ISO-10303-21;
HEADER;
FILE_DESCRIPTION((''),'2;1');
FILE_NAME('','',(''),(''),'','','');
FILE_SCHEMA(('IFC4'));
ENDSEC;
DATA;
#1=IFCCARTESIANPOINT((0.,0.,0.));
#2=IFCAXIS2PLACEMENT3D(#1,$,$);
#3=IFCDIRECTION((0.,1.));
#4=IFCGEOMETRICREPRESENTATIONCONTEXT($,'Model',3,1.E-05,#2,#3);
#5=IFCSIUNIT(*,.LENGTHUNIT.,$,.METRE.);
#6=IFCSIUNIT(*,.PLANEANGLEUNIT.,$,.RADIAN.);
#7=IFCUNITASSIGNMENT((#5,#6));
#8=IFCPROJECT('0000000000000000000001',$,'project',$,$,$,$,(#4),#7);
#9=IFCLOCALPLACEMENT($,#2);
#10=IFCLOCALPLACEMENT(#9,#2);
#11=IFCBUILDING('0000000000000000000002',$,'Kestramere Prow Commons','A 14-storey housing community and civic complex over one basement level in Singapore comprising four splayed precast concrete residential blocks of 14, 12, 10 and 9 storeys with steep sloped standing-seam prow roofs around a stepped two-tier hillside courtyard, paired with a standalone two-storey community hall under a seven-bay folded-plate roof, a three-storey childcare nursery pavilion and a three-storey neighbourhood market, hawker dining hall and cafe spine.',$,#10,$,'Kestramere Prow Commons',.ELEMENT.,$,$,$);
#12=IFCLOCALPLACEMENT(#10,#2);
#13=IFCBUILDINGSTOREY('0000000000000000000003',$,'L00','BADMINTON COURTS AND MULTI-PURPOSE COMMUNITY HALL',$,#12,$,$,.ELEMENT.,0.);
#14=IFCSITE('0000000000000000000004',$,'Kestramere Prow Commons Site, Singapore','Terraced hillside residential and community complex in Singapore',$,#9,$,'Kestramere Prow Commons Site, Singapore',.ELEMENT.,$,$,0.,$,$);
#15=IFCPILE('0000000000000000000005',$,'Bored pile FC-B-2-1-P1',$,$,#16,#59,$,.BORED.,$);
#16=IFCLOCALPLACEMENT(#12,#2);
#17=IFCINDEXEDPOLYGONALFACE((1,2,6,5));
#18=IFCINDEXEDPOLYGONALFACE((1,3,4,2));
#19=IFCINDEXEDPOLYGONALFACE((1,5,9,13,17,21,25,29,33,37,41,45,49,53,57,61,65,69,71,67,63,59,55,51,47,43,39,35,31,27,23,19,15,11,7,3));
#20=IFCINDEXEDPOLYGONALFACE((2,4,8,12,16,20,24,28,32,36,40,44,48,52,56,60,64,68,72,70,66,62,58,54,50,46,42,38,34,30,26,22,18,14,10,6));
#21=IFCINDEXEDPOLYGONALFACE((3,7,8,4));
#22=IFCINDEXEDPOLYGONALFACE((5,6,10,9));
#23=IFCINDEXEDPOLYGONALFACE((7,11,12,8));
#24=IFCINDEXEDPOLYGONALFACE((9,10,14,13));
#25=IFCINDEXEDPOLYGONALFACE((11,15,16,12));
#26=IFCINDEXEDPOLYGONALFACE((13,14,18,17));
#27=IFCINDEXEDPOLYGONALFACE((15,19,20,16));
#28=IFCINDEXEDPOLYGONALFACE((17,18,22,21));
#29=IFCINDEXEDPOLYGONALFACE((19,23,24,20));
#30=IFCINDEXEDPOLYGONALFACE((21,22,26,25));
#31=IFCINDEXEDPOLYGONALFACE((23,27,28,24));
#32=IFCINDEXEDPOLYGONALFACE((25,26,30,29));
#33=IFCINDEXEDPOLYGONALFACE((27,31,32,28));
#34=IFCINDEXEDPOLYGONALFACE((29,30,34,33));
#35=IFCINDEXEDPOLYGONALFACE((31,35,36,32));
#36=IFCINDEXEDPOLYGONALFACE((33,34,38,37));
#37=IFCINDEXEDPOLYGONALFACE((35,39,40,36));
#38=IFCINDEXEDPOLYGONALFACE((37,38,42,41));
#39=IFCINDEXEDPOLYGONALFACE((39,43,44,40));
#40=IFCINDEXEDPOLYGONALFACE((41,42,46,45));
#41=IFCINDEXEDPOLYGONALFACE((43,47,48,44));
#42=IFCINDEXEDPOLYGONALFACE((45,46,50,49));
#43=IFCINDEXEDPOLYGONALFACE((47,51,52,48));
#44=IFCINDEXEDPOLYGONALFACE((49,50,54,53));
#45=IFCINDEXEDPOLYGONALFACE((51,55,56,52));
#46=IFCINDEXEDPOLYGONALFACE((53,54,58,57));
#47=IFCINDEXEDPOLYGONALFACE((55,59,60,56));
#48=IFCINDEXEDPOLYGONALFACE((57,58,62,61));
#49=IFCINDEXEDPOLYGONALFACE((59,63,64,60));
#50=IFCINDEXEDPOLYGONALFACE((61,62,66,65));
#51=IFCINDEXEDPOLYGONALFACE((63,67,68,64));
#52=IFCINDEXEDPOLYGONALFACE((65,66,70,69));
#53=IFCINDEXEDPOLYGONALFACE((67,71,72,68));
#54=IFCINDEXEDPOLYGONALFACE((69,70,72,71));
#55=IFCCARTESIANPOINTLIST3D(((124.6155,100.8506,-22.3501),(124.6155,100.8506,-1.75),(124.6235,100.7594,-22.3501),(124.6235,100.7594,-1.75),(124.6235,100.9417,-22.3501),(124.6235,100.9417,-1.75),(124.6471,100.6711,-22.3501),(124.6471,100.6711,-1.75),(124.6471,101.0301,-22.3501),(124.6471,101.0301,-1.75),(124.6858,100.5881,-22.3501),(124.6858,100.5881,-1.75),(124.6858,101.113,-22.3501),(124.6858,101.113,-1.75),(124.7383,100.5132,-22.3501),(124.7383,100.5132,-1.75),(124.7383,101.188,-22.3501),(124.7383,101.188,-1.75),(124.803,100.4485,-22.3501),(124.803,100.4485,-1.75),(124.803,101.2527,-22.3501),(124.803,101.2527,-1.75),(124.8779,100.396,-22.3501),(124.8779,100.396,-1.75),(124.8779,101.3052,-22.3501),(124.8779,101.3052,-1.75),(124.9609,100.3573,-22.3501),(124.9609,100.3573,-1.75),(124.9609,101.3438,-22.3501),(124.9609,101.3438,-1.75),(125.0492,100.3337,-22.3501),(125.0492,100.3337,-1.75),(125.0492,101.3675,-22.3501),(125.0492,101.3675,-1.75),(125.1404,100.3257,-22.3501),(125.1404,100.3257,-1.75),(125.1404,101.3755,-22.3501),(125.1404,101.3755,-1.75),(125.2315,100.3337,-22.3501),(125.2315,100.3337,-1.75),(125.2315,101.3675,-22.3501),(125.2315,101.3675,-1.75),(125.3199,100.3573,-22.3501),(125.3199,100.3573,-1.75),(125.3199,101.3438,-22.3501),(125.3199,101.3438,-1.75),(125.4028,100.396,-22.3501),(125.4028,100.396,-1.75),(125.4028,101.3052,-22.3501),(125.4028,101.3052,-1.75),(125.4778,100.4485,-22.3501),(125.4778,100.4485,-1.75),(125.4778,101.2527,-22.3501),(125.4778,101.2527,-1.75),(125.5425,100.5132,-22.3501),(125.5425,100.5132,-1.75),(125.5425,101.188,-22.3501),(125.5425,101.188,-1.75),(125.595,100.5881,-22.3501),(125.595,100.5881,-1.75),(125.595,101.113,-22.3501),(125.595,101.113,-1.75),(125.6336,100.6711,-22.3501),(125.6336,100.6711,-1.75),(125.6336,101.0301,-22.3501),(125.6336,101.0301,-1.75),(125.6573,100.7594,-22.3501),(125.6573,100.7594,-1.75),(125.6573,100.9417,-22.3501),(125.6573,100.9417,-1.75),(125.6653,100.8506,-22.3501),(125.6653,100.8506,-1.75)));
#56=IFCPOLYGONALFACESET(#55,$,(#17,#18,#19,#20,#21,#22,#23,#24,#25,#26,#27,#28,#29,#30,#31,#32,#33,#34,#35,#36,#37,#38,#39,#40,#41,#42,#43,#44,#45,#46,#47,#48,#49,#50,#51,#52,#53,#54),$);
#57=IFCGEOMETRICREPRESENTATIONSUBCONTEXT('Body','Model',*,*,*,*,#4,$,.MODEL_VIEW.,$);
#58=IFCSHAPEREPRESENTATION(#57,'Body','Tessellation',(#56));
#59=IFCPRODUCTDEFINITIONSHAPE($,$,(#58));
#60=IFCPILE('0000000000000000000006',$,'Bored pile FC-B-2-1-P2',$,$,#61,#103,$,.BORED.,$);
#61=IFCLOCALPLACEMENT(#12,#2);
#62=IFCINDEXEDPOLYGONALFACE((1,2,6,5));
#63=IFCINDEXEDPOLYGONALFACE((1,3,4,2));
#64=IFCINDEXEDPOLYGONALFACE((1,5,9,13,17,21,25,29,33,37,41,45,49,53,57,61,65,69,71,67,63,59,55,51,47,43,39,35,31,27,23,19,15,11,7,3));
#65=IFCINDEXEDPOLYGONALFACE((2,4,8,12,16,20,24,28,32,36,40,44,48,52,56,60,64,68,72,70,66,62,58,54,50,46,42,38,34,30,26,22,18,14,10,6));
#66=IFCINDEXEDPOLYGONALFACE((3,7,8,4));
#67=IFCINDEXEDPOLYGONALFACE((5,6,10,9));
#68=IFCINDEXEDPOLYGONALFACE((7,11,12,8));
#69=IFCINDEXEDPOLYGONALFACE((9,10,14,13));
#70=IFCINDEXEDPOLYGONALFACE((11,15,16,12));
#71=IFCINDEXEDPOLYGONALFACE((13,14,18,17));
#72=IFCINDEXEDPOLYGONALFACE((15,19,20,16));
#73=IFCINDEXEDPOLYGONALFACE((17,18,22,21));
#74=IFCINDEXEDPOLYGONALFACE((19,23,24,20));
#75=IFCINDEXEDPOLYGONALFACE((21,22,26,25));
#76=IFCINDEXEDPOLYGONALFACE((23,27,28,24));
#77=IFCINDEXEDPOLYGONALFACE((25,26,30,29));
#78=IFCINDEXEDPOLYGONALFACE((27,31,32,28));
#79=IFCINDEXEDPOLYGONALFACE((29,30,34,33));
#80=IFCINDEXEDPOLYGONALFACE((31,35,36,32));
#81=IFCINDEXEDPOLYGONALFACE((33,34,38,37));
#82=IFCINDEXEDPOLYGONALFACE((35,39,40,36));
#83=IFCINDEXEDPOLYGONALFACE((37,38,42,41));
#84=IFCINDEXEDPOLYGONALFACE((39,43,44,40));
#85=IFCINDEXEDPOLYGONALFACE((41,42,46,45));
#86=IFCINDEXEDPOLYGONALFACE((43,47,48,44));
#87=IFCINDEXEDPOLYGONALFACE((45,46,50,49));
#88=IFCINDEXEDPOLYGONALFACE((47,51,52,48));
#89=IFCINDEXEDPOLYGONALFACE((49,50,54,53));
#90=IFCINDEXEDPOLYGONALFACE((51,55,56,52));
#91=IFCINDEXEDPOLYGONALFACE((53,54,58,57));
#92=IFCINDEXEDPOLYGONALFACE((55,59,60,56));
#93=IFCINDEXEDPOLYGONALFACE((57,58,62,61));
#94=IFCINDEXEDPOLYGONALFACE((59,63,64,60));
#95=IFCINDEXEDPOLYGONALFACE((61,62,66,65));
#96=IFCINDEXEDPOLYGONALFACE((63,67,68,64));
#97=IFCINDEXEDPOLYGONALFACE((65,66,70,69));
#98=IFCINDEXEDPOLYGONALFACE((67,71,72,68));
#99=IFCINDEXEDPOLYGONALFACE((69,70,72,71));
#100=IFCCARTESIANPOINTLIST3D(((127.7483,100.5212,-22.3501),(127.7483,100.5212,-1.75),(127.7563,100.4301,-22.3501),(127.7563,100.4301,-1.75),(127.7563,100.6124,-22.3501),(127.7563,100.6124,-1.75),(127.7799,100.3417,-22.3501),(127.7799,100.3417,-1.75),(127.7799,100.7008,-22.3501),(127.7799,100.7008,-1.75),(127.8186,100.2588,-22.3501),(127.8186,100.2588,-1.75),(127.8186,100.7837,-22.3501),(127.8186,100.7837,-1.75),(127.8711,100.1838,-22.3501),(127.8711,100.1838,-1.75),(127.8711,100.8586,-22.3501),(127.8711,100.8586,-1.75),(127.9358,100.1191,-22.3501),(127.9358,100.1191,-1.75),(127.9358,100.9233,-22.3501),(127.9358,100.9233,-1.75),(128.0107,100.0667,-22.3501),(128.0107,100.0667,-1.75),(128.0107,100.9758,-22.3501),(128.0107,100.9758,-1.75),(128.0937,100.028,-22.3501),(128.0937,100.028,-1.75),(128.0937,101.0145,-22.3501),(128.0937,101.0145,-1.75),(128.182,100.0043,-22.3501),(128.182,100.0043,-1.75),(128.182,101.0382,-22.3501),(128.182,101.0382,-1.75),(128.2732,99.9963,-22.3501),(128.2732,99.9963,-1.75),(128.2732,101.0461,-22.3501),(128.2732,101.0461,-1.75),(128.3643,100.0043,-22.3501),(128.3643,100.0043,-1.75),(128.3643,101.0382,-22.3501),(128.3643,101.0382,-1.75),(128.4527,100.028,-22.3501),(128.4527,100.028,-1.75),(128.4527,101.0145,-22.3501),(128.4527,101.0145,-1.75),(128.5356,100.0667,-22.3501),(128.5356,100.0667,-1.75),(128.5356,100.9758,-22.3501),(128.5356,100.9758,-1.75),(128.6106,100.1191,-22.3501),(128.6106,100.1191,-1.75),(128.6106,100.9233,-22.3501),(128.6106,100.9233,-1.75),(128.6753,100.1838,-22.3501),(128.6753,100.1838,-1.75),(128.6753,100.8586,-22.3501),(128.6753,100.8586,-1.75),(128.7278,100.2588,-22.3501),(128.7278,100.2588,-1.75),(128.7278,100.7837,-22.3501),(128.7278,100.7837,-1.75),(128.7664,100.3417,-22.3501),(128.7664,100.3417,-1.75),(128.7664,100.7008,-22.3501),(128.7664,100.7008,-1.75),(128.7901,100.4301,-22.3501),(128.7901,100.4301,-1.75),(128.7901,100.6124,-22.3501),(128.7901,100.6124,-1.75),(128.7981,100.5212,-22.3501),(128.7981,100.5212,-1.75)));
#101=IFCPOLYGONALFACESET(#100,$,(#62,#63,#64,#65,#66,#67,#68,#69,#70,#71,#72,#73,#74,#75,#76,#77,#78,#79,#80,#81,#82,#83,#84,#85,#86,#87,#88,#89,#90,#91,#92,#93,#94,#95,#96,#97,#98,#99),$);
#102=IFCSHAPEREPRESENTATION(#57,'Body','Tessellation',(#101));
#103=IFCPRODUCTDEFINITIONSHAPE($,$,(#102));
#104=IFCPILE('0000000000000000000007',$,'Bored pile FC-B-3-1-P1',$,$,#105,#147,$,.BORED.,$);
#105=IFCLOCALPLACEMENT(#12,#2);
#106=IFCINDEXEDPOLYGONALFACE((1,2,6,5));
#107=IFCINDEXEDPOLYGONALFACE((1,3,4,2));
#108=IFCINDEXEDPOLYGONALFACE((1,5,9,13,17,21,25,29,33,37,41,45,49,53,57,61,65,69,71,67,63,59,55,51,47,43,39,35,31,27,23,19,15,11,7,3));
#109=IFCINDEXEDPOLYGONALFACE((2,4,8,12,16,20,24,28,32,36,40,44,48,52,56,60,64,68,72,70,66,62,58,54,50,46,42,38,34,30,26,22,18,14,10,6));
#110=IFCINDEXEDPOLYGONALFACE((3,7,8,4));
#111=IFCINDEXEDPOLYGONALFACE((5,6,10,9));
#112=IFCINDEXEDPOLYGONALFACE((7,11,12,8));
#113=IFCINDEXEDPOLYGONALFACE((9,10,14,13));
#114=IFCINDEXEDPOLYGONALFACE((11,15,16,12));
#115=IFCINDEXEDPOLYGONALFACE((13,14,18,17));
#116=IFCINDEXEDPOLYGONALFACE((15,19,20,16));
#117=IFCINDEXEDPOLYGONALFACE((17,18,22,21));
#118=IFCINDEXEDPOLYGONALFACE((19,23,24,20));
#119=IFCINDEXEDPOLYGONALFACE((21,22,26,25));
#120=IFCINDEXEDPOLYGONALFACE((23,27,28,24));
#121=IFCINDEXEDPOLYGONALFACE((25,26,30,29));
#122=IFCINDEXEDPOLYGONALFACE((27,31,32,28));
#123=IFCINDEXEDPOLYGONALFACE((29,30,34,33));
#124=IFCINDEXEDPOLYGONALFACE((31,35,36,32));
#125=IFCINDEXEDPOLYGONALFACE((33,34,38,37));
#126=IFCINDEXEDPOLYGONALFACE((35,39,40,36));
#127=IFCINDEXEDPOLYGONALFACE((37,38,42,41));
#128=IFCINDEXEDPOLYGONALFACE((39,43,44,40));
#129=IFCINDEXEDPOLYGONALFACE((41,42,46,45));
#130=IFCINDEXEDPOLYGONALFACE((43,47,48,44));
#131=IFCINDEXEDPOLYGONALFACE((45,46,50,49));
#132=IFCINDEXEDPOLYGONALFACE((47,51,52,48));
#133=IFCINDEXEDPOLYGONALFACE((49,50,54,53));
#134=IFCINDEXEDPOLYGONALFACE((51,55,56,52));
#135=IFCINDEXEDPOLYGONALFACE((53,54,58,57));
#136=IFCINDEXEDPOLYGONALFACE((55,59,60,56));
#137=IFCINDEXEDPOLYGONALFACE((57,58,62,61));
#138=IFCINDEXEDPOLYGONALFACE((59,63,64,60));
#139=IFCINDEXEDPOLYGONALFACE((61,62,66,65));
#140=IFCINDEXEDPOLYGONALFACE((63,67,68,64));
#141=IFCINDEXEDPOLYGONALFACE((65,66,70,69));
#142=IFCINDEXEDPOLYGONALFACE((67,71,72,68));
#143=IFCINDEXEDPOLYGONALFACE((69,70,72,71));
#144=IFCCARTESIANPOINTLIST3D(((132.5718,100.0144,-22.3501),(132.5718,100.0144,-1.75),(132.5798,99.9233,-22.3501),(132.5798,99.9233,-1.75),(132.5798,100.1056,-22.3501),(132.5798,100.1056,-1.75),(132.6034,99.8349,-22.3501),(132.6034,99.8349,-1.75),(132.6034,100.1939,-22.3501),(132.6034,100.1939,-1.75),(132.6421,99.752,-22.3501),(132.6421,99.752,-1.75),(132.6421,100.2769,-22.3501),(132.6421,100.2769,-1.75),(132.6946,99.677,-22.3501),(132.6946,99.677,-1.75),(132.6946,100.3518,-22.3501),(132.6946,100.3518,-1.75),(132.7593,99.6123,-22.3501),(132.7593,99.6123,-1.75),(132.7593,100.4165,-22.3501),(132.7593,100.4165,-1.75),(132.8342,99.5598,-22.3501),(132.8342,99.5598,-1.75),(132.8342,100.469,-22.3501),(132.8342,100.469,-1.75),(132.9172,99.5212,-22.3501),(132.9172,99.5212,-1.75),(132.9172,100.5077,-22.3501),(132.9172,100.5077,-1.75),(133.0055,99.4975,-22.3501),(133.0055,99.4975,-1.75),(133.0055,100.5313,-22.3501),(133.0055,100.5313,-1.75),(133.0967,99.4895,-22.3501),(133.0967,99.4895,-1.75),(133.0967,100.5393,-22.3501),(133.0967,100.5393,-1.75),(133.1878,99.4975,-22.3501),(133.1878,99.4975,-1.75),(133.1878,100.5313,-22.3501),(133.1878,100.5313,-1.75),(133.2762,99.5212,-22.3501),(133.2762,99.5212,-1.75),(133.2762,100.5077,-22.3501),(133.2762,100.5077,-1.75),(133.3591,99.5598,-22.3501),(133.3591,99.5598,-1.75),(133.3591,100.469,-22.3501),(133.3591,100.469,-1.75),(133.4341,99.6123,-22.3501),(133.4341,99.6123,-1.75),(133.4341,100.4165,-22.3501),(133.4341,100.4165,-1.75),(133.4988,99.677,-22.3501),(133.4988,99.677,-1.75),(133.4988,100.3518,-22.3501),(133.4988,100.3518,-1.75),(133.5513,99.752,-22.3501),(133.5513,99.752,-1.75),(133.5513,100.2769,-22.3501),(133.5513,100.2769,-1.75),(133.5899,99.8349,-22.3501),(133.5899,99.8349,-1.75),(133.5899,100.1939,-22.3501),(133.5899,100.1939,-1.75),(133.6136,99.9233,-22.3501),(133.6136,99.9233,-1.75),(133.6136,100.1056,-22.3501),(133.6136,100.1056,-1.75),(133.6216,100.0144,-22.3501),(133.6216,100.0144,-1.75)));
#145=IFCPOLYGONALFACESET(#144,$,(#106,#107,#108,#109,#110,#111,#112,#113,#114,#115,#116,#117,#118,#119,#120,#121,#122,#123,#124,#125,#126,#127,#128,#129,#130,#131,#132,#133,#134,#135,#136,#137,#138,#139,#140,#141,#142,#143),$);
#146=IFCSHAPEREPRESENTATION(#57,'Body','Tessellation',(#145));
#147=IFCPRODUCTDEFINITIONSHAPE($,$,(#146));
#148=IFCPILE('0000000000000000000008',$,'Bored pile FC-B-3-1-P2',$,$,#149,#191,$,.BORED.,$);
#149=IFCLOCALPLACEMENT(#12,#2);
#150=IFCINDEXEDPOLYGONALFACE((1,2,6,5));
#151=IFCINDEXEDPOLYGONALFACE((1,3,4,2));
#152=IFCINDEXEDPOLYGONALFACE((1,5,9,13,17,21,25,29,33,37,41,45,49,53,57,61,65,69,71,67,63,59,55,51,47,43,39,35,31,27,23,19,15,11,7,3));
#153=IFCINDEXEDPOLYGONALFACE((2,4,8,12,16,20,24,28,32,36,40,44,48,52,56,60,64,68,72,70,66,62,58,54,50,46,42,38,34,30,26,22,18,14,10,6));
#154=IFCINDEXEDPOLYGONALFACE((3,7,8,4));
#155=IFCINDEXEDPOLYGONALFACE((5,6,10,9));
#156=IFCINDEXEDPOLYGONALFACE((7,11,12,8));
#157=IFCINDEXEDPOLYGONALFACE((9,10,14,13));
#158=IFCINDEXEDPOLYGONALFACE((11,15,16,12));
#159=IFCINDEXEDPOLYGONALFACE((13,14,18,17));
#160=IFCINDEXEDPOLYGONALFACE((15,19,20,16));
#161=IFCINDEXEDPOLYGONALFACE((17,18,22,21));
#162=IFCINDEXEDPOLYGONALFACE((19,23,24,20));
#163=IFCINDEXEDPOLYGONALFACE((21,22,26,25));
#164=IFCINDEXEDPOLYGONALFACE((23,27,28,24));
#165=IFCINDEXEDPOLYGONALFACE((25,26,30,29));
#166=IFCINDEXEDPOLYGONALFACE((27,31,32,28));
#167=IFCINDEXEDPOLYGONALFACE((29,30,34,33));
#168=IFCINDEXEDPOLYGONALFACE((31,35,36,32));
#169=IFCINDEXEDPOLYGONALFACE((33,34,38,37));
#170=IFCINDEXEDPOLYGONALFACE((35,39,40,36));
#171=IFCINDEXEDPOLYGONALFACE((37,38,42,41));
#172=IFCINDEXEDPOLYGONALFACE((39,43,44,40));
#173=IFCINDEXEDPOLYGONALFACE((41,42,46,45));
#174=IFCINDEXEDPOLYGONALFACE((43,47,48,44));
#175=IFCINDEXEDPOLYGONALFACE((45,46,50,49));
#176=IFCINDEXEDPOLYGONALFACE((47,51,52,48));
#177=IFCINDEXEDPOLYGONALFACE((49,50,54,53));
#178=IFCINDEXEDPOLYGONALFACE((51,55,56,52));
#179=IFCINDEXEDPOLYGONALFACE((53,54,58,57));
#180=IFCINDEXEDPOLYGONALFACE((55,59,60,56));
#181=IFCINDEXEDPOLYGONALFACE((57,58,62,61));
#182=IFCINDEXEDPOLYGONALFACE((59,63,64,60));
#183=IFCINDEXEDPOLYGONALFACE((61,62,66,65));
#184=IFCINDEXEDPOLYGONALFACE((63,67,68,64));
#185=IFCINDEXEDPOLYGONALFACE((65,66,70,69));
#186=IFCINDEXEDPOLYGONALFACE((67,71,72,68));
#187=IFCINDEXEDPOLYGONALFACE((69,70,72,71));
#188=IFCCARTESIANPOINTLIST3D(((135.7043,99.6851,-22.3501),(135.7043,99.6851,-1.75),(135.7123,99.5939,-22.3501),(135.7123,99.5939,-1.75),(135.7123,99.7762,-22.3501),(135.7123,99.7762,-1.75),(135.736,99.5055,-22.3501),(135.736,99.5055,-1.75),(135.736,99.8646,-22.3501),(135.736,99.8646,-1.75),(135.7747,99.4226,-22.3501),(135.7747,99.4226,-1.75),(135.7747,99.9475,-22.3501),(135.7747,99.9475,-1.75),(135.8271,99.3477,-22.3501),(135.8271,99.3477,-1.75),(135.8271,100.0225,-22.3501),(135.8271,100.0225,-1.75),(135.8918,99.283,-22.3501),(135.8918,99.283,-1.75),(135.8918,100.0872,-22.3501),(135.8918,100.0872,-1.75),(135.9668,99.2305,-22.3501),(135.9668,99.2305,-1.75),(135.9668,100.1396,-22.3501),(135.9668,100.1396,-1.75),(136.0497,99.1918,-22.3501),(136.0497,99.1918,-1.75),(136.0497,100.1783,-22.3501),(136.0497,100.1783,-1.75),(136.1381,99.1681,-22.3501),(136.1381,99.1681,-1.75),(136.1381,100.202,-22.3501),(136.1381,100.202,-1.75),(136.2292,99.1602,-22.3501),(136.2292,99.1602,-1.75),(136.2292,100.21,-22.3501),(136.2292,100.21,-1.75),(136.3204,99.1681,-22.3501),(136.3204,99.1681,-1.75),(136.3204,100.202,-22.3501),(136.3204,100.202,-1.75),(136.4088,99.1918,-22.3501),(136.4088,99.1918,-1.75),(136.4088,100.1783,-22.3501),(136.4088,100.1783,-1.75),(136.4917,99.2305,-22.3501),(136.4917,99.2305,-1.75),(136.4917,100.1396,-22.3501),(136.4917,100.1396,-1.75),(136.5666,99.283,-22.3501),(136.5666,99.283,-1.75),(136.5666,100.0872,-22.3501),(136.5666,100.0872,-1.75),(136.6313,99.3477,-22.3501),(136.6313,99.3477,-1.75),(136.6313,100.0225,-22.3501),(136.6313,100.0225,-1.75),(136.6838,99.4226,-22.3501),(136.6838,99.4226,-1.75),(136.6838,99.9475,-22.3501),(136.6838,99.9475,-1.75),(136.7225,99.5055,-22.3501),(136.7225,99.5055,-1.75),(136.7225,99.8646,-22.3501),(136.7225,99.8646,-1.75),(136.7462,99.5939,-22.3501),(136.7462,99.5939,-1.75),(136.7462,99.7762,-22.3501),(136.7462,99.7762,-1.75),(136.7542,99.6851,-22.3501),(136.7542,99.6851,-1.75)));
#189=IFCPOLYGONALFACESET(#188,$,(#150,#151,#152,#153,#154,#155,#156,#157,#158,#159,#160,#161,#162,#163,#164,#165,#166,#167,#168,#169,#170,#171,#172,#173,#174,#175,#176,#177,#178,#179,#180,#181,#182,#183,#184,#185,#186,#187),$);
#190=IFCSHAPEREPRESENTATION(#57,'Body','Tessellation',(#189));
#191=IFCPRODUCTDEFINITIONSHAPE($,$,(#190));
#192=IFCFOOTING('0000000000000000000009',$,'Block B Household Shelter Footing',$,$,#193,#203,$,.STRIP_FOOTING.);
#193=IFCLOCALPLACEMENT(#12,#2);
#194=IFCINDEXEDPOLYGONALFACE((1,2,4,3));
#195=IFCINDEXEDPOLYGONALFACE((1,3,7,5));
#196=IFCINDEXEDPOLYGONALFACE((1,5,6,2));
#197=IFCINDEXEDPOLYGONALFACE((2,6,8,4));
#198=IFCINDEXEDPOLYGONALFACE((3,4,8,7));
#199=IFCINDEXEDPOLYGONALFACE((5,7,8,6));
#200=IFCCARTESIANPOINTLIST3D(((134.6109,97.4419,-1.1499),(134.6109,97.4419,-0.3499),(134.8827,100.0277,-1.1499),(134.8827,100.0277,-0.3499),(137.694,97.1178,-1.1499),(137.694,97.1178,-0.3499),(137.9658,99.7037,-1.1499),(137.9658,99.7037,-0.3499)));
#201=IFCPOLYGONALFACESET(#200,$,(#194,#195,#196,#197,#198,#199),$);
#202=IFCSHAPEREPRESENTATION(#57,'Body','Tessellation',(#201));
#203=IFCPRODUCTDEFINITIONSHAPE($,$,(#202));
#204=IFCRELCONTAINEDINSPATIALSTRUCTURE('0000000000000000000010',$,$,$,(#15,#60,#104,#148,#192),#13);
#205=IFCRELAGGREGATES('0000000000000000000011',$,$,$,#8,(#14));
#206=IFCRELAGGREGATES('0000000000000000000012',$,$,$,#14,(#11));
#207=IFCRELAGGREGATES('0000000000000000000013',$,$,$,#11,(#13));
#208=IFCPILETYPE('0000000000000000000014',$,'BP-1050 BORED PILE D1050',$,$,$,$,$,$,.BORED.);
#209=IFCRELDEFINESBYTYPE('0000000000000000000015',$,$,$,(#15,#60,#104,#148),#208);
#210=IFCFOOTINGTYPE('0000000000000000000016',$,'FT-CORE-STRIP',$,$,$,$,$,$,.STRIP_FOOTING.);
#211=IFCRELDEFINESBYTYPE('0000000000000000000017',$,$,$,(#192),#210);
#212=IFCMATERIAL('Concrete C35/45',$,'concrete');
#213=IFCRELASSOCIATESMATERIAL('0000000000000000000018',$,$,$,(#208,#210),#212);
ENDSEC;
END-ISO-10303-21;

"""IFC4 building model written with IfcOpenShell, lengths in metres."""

from ifc_helpers import new_model, si_unit, direction, frame, origin, origin_2d, place, context, subcontext, project, spatial, rectangle, circle, extrude, material, material_profile, profile_set, type_object, element, save


model = new_model("IFC4")

# Units and contexts
model_context = context("Model", 3, precision=1e-05, world=origin(), true_north=direction((0.0, 1.0)))
body_context = subcontext(model_context, "Body", "Model", "MODEL_VIEW")
ifc_project = project(units=[si_unit("LENGTHUNIT", "METRE"), si_unit("PLANEANGLEUNIT", "RADIAN")], contexts=[model_context])

# Site, building, storey
site_placement = place(None, origin())
site = spatial("IfcSite", under=ifc_project, at=site_placement, Name="Kestramere Prow Commons Site, Singapore", Description="Terraced hillside residential and community complex in Singapore", LongName="Kestramere Prow Commons Site, Singapore", CompositionType="ELEMENT", RefElevation=0.0)
building_placement = place(site_placement, origin())
building = spatial("IfcBuilding", under=site, at=building_placement, Name="Kestramere Prow Commons", Description="A 14-storey housing community and civic complex over one basement level in Singapore comprising four splayed precast concrete residential blocks of 14, 12, 10 and 9 storeys with steep sloped standing-seam prow roofs around a stepped two-tier hillside courtyard, paired with a standalone two-storey community hall under a seven-bay folded-plate roof, a three-storey childcare nursery pavilion and a three-storey neighbourhood market, hawker dining hall and cafe spine.", LongName="Kestramere Prow Commons", CompositionType="ELEMENT")
storey_placement = place(building_placement, origin())
storey = spatial("IfcBuildingStorey", under=building, at=storey_placement, Name="L00", Description="BADMINTON COURTS AND MULTI-PURPOSE COMMUNITY HALL", CompositionType="ELEMENT", Elevation=0.0)

# Piles
ifc_material_1 = material(Name="Concrete C35/45", Category="concrete")
ifc_material_profile_1 = material_profile(ifc_material_1, circle(Radius=0.5249, at=origin_2d()), Name="BORED PILE D1050")
ifc_profile_set_1 = profile_set([ifc_material_profile_1], Name="Concrete C35/45")
pile_type = type_object("IfcPileType", Name="BP-1050 BORED PILE D1050", PredefinedType="BORED", material=ifc_profile_set_1)
for number, where, z_axis, x_axis, name in (
    (1, (125.1404, 100.8506, -1.75), (0.0, 0.0, -1.0), (1.0, 0.0, 0.0), "Bored pile FC-B-2-1-P1"),
    (2, (128.2732, 100.5212, -1.75), (0.0, 0.0, -1.0), (1.0, 0.0, 0.0), "Bored pile FC-B-2-1-P2"),
    (3, (133.0967, 100.0144, -1.75), (0.0, 0.0, -1.0), (1.0, 0.0, 0.0), "Bored pile FC-B-3-1-P1"),
    (4, (136.2292, 99.6851, -1.75), (0.0, 0.0, -1.0), (1.0, 0.0, 0.0), "Bored pile FC-B-3-1-P2"),
):
    element("IfcPile", number, at=place(storey_placement, frame(where, z_axis=z_axis, x_axis=x_axis)), inside=storey, type_object=pile_type, Name=name, PredefinedType="BORED", context=body_context, shape_type="SweptSolid", body=[
        extrude(circle(Radius=0.5249, at=origin_2d()), origin(), (0.0, 0.0, 1.0), 20.6001),
    ])

# Footing
footing_type_1 = type_object("IfcFootingType", Name="FT-CORE-STRIP", PredefinedType="STRIP_FOOTING", material=ifc_material_1)
footing_placement = place(storey_placement, frame((136.2883, 98.5728, -1.1499), z_axis=(0.0, 0.0, 1.0), x_axis=(0.994522, -0.104528, 0.0)))
element("IfcFooting", 5, at=footing_placement, inside=storey, type_object=footing_type_1, Name="Block B Household Shelter Footing", PredefinedType="STRIP_FOOTING", context=body_context, shape_type="SweptSolid", body=[
    extrude(rectangle(XDim=3.1001, YDim=2.6001, at=origin_2d()), origin(), (0.0, 0.0, 1.0), 0.8),
])

save(model, "model.ifc")
